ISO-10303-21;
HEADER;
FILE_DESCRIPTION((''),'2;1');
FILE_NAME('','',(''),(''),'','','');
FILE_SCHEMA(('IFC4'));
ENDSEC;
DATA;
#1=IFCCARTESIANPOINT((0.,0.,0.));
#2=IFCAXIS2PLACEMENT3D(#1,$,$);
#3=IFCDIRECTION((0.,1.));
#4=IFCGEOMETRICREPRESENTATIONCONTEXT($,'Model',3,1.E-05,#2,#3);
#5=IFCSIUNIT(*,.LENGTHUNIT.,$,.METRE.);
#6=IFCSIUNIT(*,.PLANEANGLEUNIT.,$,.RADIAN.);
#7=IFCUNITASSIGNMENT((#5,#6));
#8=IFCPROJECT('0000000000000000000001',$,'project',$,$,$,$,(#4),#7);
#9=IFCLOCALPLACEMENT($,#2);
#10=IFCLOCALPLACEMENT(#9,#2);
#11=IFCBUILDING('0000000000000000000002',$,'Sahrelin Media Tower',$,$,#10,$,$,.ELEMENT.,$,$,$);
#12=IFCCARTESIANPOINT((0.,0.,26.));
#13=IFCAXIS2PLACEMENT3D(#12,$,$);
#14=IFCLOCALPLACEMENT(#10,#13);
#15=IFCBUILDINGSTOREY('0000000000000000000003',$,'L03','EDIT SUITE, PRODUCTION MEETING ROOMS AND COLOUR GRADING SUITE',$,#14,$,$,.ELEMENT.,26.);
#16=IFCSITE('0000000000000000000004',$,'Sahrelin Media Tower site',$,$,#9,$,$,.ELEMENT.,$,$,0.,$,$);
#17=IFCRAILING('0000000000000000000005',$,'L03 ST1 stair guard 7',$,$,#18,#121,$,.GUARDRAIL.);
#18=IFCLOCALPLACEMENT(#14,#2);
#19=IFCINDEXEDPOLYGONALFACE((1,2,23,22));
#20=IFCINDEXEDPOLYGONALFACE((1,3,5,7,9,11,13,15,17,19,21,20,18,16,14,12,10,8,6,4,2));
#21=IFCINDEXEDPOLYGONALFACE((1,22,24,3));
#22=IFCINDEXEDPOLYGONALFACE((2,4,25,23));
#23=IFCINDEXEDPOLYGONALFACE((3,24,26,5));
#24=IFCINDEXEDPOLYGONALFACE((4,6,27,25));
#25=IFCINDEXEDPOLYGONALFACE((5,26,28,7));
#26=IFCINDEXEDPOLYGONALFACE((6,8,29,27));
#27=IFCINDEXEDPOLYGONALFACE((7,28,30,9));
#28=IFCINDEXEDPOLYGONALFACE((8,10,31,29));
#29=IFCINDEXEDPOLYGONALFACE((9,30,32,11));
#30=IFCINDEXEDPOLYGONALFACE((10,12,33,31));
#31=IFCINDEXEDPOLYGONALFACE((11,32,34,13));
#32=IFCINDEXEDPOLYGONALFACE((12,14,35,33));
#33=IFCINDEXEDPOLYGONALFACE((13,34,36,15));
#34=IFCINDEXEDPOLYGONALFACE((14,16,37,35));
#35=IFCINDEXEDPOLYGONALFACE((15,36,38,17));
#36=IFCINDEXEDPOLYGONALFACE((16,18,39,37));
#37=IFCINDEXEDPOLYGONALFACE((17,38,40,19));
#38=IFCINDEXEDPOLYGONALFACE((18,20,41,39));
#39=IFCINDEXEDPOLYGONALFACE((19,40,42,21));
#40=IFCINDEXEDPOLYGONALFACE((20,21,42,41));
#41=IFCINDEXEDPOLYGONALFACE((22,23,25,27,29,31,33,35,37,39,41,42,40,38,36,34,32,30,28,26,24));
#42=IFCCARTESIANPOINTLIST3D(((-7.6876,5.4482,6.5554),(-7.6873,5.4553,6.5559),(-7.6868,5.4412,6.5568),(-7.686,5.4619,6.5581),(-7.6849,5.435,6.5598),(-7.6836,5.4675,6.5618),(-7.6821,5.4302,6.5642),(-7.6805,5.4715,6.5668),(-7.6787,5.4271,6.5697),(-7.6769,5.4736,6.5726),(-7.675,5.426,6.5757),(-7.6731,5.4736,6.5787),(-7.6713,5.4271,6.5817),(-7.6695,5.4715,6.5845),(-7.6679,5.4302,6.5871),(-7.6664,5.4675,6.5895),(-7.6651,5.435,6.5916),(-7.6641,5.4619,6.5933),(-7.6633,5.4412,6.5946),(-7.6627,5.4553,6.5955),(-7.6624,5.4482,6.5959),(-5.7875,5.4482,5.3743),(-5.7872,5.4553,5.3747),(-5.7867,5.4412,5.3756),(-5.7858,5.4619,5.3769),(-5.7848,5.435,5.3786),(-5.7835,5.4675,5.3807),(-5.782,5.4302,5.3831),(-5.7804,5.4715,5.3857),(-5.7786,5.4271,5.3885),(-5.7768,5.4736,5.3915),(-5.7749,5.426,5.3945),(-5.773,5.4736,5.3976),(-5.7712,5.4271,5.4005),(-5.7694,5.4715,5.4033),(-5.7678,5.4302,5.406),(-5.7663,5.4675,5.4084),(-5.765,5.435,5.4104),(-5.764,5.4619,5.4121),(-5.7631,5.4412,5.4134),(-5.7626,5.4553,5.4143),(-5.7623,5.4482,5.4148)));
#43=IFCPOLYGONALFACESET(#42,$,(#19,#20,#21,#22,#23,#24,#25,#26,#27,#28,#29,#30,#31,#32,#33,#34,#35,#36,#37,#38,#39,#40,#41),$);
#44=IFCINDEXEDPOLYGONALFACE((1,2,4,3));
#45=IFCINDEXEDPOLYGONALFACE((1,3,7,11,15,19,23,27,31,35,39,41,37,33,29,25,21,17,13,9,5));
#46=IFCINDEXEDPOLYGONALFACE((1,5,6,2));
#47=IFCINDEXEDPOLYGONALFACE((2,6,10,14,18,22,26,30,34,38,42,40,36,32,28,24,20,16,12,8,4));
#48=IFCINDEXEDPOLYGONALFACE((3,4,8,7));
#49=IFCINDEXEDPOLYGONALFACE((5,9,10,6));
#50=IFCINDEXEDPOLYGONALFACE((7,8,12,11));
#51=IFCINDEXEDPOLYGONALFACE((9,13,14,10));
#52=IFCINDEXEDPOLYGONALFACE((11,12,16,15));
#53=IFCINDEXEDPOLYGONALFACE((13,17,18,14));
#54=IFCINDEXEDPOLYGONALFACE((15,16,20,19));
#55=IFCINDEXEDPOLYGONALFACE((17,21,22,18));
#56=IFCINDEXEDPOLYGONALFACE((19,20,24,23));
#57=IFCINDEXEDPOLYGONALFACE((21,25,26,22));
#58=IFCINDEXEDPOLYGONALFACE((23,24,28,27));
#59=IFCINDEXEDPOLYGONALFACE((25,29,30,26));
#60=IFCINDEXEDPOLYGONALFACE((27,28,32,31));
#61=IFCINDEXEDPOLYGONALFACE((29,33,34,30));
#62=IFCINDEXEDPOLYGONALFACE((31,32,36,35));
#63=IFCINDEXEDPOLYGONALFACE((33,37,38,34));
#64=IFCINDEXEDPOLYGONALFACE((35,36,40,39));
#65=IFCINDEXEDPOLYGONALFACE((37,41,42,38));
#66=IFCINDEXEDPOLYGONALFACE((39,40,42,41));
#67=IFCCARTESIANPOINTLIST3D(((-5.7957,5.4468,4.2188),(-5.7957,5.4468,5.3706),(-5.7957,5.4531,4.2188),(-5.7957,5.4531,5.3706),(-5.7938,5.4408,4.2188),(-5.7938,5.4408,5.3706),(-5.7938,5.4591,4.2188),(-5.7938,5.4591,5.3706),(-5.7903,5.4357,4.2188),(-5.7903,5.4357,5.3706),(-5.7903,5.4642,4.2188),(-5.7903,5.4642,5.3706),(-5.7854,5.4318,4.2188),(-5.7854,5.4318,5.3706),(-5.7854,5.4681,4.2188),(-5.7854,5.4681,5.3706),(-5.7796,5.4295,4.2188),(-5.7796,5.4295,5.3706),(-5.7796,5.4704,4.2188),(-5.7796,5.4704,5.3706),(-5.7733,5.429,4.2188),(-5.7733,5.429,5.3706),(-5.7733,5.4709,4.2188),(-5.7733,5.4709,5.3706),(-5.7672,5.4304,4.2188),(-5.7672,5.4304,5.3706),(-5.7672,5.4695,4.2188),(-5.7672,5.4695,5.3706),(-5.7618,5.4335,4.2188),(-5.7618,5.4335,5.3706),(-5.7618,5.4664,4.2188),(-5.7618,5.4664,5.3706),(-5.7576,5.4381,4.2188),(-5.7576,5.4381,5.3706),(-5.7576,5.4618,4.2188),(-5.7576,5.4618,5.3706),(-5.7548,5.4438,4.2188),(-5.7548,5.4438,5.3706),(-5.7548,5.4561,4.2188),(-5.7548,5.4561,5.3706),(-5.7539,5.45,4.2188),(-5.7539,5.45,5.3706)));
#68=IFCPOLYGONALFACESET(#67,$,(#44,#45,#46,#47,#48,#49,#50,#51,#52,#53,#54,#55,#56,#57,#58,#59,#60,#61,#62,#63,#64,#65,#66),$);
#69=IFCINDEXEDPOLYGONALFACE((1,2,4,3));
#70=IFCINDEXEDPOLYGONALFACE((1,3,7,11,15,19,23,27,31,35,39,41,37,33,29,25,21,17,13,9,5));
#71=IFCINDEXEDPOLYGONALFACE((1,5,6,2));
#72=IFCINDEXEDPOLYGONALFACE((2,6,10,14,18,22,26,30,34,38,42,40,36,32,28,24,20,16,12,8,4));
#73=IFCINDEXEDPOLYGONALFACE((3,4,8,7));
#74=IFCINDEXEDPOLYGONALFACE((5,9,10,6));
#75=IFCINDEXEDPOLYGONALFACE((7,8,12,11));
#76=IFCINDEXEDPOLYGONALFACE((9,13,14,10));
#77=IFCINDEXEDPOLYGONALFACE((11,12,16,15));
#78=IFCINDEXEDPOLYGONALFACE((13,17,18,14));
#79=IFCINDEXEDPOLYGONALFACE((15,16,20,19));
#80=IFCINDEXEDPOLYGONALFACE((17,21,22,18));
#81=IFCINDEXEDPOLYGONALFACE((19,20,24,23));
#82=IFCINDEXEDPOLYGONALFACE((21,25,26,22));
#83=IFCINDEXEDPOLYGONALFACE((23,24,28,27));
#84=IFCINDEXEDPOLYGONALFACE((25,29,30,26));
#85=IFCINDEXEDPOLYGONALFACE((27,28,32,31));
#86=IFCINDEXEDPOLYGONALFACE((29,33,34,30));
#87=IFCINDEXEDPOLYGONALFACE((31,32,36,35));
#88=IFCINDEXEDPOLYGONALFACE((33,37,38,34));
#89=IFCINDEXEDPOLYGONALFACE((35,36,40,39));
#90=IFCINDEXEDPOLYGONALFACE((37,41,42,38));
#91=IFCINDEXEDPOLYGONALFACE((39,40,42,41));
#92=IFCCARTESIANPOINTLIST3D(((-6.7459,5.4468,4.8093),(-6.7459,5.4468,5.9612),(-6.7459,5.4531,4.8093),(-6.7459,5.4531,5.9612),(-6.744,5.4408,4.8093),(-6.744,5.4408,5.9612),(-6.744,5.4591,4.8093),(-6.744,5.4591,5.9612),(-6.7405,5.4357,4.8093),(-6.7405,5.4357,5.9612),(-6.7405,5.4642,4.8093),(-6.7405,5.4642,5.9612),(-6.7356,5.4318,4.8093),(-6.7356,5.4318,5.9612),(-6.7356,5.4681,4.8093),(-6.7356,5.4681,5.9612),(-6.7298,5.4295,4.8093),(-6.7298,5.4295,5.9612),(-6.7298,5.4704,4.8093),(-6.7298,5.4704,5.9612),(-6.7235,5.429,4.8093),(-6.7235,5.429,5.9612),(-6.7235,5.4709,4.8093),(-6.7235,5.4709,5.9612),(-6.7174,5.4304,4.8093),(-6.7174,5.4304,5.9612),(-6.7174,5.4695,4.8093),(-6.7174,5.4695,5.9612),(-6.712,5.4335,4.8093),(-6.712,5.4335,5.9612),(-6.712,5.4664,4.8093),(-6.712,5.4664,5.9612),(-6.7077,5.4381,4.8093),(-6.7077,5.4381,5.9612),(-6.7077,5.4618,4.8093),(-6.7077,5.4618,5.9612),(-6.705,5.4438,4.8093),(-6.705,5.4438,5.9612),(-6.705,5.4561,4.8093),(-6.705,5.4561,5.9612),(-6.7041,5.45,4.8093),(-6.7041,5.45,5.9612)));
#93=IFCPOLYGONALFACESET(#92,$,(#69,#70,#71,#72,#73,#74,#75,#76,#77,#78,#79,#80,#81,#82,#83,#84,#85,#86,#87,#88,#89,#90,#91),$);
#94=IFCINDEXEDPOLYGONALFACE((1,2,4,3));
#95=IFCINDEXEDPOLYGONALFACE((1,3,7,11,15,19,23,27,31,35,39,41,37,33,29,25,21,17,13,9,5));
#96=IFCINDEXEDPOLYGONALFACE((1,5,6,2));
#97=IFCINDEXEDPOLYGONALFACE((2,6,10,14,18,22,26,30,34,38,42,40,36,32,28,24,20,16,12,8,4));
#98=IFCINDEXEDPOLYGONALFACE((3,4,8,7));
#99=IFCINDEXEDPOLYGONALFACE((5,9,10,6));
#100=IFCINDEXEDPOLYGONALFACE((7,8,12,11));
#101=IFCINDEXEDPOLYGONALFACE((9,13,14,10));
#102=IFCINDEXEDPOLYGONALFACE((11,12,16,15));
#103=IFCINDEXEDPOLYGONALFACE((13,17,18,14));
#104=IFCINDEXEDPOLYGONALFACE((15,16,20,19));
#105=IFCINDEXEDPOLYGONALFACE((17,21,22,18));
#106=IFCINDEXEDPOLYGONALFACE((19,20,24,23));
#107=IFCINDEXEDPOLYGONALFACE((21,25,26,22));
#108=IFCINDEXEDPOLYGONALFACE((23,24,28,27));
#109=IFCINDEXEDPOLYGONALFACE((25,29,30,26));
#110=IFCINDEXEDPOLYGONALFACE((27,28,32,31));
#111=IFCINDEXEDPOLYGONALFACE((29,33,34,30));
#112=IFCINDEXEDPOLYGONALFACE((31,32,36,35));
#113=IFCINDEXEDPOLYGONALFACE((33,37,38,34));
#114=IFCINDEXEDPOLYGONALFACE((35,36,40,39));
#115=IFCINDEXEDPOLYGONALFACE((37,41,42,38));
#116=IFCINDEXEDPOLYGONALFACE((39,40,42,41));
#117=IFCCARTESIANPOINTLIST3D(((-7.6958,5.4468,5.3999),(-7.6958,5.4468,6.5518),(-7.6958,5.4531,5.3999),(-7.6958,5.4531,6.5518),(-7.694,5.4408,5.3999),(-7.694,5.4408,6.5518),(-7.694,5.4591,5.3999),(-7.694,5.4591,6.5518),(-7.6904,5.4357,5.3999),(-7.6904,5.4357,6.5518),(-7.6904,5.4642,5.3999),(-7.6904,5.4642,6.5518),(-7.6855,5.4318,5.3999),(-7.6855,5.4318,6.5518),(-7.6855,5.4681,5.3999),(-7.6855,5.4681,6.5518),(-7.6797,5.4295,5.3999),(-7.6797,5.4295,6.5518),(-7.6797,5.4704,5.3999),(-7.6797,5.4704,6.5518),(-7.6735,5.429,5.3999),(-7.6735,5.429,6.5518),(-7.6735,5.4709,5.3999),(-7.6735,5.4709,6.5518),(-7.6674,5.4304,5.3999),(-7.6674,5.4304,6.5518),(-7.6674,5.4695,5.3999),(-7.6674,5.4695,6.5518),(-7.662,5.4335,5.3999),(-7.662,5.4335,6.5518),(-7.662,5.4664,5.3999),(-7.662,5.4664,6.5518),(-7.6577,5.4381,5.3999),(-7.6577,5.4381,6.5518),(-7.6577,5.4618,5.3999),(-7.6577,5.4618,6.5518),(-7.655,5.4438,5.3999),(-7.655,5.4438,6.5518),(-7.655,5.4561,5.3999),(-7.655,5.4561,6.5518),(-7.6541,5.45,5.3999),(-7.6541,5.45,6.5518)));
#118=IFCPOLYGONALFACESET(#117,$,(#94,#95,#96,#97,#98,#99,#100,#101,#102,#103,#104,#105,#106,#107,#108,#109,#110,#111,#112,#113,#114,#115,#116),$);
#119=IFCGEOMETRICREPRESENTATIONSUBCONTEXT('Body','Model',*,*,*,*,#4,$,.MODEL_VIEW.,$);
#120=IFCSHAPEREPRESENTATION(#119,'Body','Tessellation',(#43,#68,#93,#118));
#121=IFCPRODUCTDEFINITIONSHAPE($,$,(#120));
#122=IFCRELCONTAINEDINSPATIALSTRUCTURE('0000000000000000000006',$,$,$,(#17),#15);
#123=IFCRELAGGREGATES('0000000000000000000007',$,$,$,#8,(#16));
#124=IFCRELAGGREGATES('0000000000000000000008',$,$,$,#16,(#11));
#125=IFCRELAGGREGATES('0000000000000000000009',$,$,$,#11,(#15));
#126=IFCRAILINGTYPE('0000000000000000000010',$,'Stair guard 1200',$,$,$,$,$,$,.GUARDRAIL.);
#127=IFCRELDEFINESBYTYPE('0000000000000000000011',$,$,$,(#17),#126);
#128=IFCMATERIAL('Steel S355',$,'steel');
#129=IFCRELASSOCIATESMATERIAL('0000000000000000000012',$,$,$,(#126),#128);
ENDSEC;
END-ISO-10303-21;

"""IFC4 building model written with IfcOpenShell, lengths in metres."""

from ifc_helpers import new_model, si_unit, direction, frame, origin, origin_2d, place, context, subcontext, project, spatial, circle, extrude, material, type_object, element, save


model = new_model("IFC4")

# Units and contexts
model_context = context("Model", 3, precision=1e-05, world=origin(), true_north=direction((0.0, 1.0)))
body_context = subcontext(model_context, "Body", "Model", "MODEL_VIEW")
ifc_project = project(units=[si_unit("LENGTHUNIT", "METRE"), si_unit("PLANEANGLEUNIT", "RADIAN")], contexts=[model_context])

# Site, building, storey
site_placement = place(None, origin())
site = spatial("IfcSite", under=ifc_project, at=site_placement, Name="Sahrelin Media Tower site", CompositionType="ELEMENT", RefElevation=0.0)
building_placement = place(site_placement, origin())
building = spatial("IfcBuilding", under=site, at=building_placement, Name="Sahrelin Media Tower", CompositionType="ELEMENT")
storey_placement = place(building_placement, frame((0.0, 0.0, 26.0)))
storey = spatial("IfcBuildingStorey", under=building, at=storey_placement, Name="L03", Description="EDIT SUITE, PRODUCTION MEETING ROOMS AND COLOUR GRADING SUITE", CompositionType="ELEMENT", Elevation=26.0)

# Shared definitions
ifc_material_1 = material(Name="Steel S355", Category="steel")

# Railing
railing_type_1 = type_object("IfcRailingType", Name="Stair guard 1200", PredefinedType="GUARDRAIL", material=ifc_material_1)
railing_placement = place(storey_placement, frame((-5.7749, 5.45, 4.2188)))
element("IfcRailing", 1, at=railing_placement, inside=storey, type_object=railing_type_1, Name="L03 ST1 stair guard 7", PredefinedType="GUARDRAIL", context=body_context, shape_type="SweptSolid", body=[
    extrude(circle(Radius=0.0239, at=origin_2d()), frame((0.0, 0.0, 1.1758), z_axis=(-0.849289, 0.0, 0.527928), x_axis=(0.0, -1.0, 0.0)), (0.0, 0.0, 1.0), 2.2373),
    extrude(circle(Radius=0.021, at=origin_2d()), origin(), (0.0, 0.0, 1.0), 1.1519),
    extrude(circle(Radius=0.021, at=origin_2d()), frame((-0.9502, 0.0, 0.5906)), (0.0, 0.0, 1.0), 1.1519),
    extrude(circle(Radius=0.021, at=origin_2d()), frame((-1.9001, 0.0, 1.1812)), (0.0, 0.0, 1.0), 1.1519),
])

save(model, "model.ifc")
